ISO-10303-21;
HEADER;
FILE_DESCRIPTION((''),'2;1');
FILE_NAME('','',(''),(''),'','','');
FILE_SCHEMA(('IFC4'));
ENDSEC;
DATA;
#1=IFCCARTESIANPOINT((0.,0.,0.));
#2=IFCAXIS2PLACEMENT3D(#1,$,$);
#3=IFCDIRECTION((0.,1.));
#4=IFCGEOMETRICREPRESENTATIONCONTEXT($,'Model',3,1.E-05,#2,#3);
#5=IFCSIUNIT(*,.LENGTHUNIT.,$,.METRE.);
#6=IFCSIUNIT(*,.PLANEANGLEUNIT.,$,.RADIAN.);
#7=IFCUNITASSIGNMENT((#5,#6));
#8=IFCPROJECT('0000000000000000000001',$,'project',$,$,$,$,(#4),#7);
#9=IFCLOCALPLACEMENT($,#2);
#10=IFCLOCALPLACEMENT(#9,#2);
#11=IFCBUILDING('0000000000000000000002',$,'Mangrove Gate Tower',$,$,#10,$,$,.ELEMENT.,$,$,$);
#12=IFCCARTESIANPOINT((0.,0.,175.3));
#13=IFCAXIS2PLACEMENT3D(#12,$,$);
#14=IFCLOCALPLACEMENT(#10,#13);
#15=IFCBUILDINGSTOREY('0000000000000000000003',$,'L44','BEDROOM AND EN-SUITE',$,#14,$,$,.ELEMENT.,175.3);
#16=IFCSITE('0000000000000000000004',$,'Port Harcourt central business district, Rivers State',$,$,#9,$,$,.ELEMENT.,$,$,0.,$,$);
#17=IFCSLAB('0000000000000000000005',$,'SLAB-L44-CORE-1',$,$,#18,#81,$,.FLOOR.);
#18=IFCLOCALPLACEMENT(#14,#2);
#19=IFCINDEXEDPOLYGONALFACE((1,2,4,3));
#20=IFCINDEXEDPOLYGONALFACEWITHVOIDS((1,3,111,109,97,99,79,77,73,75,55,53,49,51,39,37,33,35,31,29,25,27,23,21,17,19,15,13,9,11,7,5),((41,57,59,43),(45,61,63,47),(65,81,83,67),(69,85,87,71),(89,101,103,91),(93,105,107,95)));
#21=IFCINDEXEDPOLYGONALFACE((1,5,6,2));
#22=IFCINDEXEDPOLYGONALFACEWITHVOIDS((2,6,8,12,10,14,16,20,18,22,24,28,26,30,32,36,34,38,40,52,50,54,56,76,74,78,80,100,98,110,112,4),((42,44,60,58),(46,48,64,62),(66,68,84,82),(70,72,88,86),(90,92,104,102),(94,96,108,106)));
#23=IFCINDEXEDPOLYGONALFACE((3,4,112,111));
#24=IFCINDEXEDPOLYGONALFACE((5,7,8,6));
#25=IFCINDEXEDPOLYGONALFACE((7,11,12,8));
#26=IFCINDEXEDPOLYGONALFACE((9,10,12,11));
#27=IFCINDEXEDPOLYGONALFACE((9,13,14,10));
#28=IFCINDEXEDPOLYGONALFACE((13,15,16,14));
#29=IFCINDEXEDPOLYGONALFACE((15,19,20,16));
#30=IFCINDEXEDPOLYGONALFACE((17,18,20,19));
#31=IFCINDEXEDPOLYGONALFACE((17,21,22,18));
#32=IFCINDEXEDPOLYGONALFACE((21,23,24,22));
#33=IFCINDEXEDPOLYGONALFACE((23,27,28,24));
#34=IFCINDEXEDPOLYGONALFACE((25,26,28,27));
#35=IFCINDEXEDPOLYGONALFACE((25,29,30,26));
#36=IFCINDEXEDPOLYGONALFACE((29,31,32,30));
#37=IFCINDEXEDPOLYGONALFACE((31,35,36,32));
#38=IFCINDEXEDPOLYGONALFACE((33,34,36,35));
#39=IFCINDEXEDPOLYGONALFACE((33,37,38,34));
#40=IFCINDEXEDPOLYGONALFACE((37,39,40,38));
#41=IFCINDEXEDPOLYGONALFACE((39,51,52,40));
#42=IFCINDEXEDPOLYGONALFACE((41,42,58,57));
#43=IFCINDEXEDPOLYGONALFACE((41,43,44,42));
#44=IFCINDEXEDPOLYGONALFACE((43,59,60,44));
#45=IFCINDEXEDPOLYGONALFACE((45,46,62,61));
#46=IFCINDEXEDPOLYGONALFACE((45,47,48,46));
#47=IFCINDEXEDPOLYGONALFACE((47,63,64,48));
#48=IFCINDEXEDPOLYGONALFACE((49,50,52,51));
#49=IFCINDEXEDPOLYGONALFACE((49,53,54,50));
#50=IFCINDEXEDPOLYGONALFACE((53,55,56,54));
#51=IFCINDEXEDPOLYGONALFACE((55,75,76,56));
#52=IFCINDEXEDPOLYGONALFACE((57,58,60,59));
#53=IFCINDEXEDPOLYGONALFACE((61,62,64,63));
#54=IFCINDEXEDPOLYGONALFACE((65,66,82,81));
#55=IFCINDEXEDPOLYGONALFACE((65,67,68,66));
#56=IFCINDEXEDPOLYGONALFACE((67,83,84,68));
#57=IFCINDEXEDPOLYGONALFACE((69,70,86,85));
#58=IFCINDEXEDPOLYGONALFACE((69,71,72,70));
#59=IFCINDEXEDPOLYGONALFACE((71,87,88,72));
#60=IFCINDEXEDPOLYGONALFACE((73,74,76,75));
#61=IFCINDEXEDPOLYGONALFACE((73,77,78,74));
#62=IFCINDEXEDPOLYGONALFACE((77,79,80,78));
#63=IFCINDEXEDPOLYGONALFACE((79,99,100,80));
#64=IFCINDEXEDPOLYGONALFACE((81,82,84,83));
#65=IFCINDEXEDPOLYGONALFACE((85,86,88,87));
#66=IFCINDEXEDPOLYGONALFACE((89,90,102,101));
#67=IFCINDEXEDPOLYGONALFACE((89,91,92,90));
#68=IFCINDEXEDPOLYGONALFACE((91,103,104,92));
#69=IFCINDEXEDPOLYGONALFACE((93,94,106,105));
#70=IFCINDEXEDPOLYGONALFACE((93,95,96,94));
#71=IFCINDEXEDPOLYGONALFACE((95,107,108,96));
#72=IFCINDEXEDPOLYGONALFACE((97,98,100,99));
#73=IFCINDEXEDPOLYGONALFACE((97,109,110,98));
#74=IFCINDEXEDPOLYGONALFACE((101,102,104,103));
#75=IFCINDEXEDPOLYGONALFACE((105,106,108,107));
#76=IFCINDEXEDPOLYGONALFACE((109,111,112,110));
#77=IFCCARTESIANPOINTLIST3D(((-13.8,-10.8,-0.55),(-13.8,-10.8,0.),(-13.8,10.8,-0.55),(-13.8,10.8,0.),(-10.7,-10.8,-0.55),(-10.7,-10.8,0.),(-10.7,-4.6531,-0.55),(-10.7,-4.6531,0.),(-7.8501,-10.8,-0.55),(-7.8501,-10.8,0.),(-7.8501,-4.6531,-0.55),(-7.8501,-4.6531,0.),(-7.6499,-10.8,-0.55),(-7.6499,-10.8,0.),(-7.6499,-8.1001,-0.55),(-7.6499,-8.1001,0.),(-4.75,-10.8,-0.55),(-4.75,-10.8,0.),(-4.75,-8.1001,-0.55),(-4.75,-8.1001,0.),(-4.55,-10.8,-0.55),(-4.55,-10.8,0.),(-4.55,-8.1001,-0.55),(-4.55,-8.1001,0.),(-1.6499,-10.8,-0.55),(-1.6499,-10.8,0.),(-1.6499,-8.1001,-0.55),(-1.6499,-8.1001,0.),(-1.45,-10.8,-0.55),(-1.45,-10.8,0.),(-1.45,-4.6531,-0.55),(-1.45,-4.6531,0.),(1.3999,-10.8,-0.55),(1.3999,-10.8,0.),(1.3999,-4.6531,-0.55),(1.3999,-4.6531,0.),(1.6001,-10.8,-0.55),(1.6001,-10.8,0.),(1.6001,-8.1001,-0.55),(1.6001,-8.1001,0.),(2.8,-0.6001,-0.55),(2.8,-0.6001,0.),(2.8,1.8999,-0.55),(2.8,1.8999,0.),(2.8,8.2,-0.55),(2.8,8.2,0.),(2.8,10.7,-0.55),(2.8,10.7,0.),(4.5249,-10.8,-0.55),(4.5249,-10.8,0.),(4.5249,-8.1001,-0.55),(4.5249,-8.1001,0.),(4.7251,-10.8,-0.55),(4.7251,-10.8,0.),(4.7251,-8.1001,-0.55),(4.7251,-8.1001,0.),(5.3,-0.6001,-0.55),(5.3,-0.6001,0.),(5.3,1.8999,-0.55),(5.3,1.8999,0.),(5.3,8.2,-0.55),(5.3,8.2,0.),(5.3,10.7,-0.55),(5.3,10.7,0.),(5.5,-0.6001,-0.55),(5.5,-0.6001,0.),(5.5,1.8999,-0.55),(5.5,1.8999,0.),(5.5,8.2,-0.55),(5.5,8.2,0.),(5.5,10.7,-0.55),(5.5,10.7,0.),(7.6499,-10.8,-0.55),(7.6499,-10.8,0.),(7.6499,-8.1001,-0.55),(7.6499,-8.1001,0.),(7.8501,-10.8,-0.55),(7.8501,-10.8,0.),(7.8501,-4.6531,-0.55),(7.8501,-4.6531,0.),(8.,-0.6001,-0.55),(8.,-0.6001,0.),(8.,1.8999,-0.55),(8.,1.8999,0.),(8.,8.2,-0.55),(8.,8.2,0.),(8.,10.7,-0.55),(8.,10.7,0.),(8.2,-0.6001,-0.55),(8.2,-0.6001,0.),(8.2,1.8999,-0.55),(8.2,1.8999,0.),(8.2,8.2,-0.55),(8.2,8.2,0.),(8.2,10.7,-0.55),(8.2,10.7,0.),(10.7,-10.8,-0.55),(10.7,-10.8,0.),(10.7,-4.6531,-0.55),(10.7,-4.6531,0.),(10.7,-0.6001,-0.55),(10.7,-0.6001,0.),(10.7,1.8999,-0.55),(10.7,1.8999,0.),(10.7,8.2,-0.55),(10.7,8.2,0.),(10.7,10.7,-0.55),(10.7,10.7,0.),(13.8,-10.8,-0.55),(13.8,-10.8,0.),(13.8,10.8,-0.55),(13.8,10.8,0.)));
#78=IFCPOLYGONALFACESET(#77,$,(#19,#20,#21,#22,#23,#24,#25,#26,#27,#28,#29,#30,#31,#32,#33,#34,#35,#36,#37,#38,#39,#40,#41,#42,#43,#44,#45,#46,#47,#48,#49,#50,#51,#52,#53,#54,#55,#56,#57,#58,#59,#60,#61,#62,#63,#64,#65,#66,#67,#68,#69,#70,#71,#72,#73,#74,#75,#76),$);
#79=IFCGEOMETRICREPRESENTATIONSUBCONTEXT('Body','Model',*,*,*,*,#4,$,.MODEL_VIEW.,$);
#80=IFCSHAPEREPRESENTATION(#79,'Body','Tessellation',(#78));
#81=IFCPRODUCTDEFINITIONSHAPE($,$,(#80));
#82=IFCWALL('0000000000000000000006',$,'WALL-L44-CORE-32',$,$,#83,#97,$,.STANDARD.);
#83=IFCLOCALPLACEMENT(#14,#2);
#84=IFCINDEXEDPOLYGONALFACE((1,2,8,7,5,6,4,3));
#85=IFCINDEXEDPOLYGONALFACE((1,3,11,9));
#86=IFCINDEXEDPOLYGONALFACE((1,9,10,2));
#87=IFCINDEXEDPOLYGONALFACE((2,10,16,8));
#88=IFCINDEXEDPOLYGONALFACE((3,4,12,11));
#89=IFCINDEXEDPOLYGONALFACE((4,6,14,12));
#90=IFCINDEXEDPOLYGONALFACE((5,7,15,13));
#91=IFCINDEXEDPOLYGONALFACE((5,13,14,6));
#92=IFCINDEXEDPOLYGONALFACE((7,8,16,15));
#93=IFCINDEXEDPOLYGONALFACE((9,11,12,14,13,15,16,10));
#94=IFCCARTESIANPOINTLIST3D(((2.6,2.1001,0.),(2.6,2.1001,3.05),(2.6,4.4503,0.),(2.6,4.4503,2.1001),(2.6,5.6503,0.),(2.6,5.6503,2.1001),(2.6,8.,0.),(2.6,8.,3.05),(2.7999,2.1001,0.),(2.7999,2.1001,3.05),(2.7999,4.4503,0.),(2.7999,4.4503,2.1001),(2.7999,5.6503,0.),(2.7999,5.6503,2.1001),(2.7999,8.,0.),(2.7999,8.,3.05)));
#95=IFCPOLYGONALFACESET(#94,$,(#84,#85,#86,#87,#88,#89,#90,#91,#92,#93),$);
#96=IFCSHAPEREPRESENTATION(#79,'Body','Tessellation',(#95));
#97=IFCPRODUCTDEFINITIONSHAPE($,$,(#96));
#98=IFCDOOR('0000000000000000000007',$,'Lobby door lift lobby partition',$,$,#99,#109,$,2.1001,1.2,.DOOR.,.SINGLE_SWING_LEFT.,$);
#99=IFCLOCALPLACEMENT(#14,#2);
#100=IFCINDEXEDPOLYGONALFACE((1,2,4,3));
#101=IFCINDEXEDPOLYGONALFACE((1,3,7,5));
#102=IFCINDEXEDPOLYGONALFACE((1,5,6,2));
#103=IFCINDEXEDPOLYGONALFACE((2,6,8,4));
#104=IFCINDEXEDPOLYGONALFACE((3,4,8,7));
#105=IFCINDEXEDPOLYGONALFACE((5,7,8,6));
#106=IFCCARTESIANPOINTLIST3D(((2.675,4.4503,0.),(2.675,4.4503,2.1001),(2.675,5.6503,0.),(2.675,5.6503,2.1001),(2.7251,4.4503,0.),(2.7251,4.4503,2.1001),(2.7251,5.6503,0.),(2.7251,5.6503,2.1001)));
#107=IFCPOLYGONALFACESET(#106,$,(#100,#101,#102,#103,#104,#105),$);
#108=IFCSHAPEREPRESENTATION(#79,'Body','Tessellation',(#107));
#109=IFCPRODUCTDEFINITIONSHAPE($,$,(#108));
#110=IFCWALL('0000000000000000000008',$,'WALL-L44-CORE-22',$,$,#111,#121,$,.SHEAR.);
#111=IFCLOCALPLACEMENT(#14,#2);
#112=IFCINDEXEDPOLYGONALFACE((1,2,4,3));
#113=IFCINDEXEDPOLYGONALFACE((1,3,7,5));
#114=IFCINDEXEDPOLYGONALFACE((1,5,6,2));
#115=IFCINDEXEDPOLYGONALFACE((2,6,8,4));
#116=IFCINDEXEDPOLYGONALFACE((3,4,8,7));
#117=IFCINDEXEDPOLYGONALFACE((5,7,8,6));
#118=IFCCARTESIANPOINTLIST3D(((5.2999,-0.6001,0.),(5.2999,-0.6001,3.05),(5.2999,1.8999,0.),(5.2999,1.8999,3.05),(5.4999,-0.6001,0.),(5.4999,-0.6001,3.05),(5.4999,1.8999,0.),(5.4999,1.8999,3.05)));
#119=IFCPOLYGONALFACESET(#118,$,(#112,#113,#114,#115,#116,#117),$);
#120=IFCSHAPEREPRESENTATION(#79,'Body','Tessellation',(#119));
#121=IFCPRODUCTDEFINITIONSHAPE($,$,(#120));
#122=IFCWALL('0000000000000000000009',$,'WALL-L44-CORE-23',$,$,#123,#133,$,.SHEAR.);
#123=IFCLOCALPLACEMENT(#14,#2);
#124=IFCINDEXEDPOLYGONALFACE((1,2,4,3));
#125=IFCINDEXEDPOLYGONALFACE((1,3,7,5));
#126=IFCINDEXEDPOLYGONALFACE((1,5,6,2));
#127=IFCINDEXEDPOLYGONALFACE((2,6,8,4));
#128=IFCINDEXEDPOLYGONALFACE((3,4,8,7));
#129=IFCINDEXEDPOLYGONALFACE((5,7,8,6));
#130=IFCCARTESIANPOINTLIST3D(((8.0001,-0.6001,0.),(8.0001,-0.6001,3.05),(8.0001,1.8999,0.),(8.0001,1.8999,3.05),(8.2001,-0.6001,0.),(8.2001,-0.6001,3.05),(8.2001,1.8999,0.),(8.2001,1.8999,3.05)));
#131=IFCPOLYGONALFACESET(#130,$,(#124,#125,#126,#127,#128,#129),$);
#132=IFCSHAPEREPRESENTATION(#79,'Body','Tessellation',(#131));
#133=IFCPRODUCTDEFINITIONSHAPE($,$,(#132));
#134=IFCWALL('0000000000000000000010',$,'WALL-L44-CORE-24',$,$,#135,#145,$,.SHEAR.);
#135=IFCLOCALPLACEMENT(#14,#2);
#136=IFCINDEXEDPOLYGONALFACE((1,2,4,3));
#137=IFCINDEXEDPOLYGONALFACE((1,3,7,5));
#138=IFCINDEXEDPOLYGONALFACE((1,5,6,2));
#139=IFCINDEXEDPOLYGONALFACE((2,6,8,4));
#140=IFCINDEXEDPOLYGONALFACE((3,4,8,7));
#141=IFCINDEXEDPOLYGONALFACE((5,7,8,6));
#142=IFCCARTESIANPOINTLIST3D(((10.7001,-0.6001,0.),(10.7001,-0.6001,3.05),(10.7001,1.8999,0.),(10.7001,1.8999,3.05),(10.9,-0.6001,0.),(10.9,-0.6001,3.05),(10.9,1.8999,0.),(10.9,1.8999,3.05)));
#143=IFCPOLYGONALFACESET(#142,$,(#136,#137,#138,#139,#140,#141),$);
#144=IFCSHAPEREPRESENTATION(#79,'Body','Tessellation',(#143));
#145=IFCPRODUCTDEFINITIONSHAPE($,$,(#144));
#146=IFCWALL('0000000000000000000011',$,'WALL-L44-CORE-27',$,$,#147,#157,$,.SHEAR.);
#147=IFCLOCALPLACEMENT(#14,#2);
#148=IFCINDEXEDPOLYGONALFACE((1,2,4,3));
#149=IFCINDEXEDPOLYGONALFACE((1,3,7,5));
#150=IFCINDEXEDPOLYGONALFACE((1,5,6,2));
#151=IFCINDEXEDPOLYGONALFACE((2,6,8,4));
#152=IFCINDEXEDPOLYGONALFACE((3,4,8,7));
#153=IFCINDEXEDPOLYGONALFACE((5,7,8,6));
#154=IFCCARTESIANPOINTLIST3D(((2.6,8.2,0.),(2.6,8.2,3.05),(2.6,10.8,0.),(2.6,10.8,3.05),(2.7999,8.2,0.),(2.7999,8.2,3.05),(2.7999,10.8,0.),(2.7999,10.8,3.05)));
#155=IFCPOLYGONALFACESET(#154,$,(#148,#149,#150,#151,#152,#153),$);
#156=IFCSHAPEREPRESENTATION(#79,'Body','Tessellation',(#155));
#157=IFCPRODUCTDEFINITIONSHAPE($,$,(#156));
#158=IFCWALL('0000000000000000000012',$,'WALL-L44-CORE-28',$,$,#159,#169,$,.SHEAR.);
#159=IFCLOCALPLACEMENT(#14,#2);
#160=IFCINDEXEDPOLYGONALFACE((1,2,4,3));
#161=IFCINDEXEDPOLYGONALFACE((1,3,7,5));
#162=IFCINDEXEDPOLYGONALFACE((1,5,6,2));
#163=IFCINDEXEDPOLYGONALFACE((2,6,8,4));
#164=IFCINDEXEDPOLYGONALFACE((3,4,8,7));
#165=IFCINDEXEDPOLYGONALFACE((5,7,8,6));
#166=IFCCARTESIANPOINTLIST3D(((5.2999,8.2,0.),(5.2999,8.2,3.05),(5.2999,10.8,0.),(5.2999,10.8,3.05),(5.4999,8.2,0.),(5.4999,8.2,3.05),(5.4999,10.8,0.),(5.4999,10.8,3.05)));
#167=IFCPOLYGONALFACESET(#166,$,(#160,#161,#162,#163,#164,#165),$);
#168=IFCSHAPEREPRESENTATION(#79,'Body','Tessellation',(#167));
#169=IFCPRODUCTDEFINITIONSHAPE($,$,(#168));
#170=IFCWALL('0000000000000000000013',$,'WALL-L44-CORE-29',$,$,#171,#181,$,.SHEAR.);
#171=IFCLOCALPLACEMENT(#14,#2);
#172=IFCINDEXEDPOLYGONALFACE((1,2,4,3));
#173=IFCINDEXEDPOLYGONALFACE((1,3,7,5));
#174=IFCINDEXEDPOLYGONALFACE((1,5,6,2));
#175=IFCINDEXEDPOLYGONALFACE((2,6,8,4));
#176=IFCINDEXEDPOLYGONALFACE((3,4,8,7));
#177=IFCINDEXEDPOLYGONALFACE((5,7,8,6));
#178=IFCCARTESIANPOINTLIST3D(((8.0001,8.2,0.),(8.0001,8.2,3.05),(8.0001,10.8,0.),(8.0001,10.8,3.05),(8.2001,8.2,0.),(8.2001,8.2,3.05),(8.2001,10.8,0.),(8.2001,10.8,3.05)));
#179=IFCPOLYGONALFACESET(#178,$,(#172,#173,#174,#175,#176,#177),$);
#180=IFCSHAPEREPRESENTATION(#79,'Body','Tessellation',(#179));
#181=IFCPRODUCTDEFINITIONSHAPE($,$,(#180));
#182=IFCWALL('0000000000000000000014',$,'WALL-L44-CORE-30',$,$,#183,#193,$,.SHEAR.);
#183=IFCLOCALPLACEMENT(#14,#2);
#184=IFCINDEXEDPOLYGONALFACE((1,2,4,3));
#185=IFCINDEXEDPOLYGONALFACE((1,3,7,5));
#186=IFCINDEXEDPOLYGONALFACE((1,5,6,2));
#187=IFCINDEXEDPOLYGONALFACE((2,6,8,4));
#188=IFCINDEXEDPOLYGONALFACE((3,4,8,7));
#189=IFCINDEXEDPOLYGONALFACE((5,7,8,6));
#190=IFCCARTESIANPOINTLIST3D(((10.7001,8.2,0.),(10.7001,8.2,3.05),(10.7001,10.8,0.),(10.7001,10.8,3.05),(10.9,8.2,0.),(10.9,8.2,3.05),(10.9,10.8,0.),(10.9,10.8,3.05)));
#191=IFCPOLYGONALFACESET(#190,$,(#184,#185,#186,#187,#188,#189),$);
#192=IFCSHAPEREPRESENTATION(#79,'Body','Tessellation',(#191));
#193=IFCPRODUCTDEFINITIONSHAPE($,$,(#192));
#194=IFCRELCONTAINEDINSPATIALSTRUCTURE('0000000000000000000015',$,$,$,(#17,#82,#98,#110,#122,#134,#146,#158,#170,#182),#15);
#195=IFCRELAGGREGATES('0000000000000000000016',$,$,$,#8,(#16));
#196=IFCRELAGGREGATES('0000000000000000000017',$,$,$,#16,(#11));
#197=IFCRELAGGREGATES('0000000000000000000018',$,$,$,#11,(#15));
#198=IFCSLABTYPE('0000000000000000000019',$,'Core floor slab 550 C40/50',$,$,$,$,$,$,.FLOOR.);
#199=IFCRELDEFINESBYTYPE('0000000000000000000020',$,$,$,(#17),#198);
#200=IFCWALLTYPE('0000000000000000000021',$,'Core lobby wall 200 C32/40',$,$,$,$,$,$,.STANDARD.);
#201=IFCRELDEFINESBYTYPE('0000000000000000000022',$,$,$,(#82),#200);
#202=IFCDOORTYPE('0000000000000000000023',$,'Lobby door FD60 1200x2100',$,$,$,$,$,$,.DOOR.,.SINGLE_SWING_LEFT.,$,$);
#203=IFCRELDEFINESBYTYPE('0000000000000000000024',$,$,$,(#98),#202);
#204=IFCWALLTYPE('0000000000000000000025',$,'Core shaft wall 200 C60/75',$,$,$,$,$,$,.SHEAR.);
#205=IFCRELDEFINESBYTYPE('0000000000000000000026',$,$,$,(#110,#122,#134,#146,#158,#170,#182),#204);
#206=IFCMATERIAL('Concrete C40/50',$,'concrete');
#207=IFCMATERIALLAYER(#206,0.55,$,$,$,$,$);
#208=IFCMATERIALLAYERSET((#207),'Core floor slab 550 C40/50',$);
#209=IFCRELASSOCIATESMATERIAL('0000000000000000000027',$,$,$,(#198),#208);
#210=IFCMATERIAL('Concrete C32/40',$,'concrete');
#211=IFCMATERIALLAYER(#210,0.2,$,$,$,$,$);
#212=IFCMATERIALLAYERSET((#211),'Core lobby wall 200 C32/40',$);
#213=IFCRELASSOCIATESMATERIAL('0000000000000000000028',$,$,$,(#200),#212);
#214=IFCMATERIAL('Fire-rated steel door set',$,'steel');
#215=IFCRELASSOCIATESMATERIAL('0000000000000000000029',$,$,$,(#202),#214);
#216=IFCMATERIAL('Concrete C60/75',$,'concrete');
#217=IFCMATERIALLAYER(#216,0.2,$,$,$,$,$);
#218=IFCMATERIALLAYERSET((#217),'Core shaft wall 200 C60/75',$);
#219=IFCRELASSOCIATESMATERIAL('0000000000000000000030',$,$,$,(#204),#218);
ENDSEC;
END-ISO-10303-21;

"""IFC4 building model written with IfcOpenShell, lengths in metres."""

from ifc_helpers import new_model, si_unit, direction, frame, frame_2d, origin, place, context, subcontext, project, spatial, polyline, rectangle, outline, extrude, material, layer, layer_set, type_object, element, fill, save


model = new_model("IFC4")

# Units and contexts
model_context = context("Model", 3, precision=1e-05, world=origin(), true_north=direction((0.0, 1.0)))
body_context = subcontext(model_context, "Body", "Model", "MODEL_VIEW")
ifc_project = project(units=[si_unit("LENGTHUNIT", "METRE"), si_unit("PLANEANGLEUNIT", "RADIAN")], contexts=[model_context])

# Site, building, storey
site_placement = place(None, origin())
site = spatial("IfcSite", under=ifc_project, at=site_placement, Name="Port Harcourt central business district, Rivers State", CompositionType="ELEMENT", RefElevation=0.0)
building_placement = place(site_placement, origin())
building = spatial("IfcBuilding", under=site, at=building_placement, Name="Mangrove Gate Tower", CompositionType="ELEMENT")
storey_placement = place(building_placement, frame((0.0, 0.0, 175.3)))
storey = spatial("IfcBuildingStorey", under=building, at=storey_placement, Name="L44", Description="BEDROOM AND EN-SUITE", CompositionType="ELEMENT", Elevation=175.3)

# Slab
ifc_material_1 = material(Name="Concrete C40/50", Category="concrete")
ifc_layer_1 = layer(ifc_material_1, 0.55)
ifc_layer_set_1 = layer_set([ifc_layer_1], Name="Core floor slab 550 C40/50")
slab_type = type_object("IfcSlabType", Name="Core floor slab 550 C40/50", PredefinedType="FLOOR", material=ifc_layer_set_1)
slab_placement = place(storey_placement, frame((0.0, 0.0, -0.55)))
element("IfcSlab", 1, at=slab_placement, inside=storey, type_object=slab_type, Name="SLAB-L44-CORE-1", PredefinedType="FLOOR", context=body_context, shape_type="SweptSolid", body=[
    extrude(outline(polyline([(-13.8, -10.8), (-13.8, 10.8), (13.8, 10.8), (13.8, -10.8), (10.7, -10.8), (10.7, -4.6531), (7.8501, -4.6531), (7.8501, -10.8), (7.6499, -10.8), (7.6499, -8.1001), (4.7251, -8.1001), (4.7251, -10.8), (4.5249, -10.8), (4.5249, -8.1001), (1.6001, -8.1001), (1.6001, -10.8), (1.3999, -10.8), (1.3999, -4.6531), (-1.45, -4.6531), (-1.45, -10.8), (-1.6499, -10.8), (-1.6499, -8.1001), (-4.55, -8.1001), (-4.55, -10.8), (-4.75, -10.8), (-4.75, -8.1001), (-7.6499, -8.1001), (-7.6499, -10.8), (-7.8501, -10.8), (-7.8501, -4.6531), (-10.7, -4.6531), (-10.7, -10.8), (-13.8, -10.8)]), holes=[polyline([(5.3, -0.6001), (5.3, 1.8999), (2.8, 1.8999), (2.8, -0.6001), (5.3, -0.6001)]), polyline([(5.3, 10.7), (2.8, 10.7), (2.8, 8.2), (5.3, 8.2), (5.3, 10.7)]), polyline([(8.0, -0.6001), (8.0, 1.8999), (5.5, 1.8999), (5.5, -0.6001), (8.0, -0.6001)]), polyline([(10.7, -0.6001), (10.7, 1.8999), (8.2, 1.8999), (8.2, -0.6001), (10.7, -0.6001)]), polyline([(8.0, 8.2), (8.0, 10.7), (5.5, 10.7), (5.5, 8.2), (8.0, 8.2)]), polyline([(10.7, 8.2), (10.7, 10.7), (8.2, 10.7), (8.2, 8.2), (10.7, 8.2)])]), origin(), (0.0, 0.0, 1.0), 0.55),
])

# Wall, opening, door
ifc_material_2 = material(Name="Concrete C32/40", Category="concrete")
ifc_layer_2 = layer(ifc_material_2, 0.2)
ifc_layer_set_2 = layer_set([ifc_layer_2], Name="Core lobby wall 200 C32/40")
wall_type_1 = type_object("IfcWallType", Name="Core lobby wall 200 C32/40", PredefinedType="STANDARD", material=ifc_layer_set_2)
wall_1_placement = place(storey_placement, frame((2.7, 2.1001, 0.0), z_axis=(0.0, 0.0, 1.0), x_axis=(0.0, 1.0, 0.0)))
wall_1 = element("IfcWall", 2, at=wall_1_placement, inside=storey, type_object=wall_type_1, Name="WALL-L44-CORE-32", PredefinedType="STANDARD", context=body_context, shape_type="SweptSolid", body=[
    extrude(rectangle(XDim=5.8999, YDim=0.2, at=frame_2d((2.95, 0.0))), origin(), (0.0, 0.0, 1.0), 3.05),
])
opening_1_placement = place(wall_1_placement, frame((2.3501, 0.0, 0.0)))
opening_1 = element("IfcOpeningElement", 3, at=opening_1_placement, cuts=wall_1, PredefinedType="OPENING", context=body_context, shape_type="SweptSolid", body=[
    extrude(rectangle(XDim=1.2, YDim=2.1001, at=frame_2d((0.6001, 1.05))), frame((0.0, 0.1099, 0.0), z_axis=(0.0, -1.0, 0.0), x_axis=(1.0, 0.0, 0.0)), (0.0, 0.0, 1.0), 0.22),
])
ifc_material_3 = material(Name="Fire-rated steel door set", Category="steel")
door_type_1 = type_object("IfcDoorType", Name="Lobby door FD60 1200x2100", OperationType="SINGLE_SWING_LEFT", PredefinedType="DOOR", material=ifc_material_3)
door_1_placement = place(opening_1_placement, origin())
door_1 = element("IfcDoor", 4, at=door_1_placement, inside=storey, type_object=door_type_1, Name="Lobby door lift lobby partition", OperationType="SINGLE_SWING_LEFT", OverallHeight=2.1001, OverallWidth=1.2, PredefinedType="DOOR", context=body_context, shape_type="SweptSolid", body=[
    extrude(rectangle(XDim=1.2, YDim=2.1001, at=frame_2d((0.6001, 1.05))), frame((0.0, 0.0249, 0.0), z_axis=(0.0, -1.0, 0.0), x_axis=(1.0, 0.0, 0.0)), (0.0, 0.0, 1.0), 0.05),
])
fill(opening_1, door_1)

# Walls
ifc_material_4 = material(Name="Concrete C60/75", Category="concrete")
ifc_layer_3 = layer(ifc_material_4, 0.2)
ifc_layer_set_3 = layer_set([ifc_layer_3], Name="Core shaft wall 200 C60/75")
wall_type_2 = type_object("IfcWallType", Name="Core shaft wall 200 C60/75", PredefinedType="SHEAR", material=ifc_layer_set_3)
for number, where, z_axis, x_axis, name in (
    (5, (5.3999, -0.6001, 0.0), (0.0, 0.0, 1.0), (0.0, 1.0, 0.0), "WALL-L44-CORE-22"),
    (6, (8.1001, -0.6001, 0.0), (0.0, 0.0, 1.0), (0.0, 1.0, 0.0), "WALL-L44-CORE-23"),
    (7, (10.8, -0.6001, 0.0), (0.0, 0.0, 1.0), (0.0, 1.0, 0.0), "WALL-L44-CORE-24"),
):
    element("IfcWall", number, at=place(storey_placement, frame(where, z_axis=z_axis, x_axis=x_axis)), inside=storey, type_object=wall_type_2, Name=name, PredefinedType="SHEAR", context=body_context, shape_type="SweptSolid", body=[
        extrude(rectangle(XDim=2.5, YDim=0.2, at=frame_2d((1.25, 0.0))), origin(), (0.0, 0.0, 1.0), 3.05),
    ])
for number, where, z_axis, x_axis, name in (
    (8, (2.7, 8.2, 0.0), (0.0, 0.0, 1.0), (0.0, 1.0, 0.0), "WALL-L44-CORE-27"),
    (9, (5.3999, 8.2, 0.0), (0.0, 0.0, 1.0), (0.0, 1.0, 0.0), "WALL-L44-CORE-28"),
    (10, (8.1001, 8.2, 0.0), (0.0, 0.0, 1.0), (0.0, 1.0, 0.0), "WALL-L44-CORE-29"),
    (11, (10.8, 8.2, 0.0), (0.0, 0.0, 1.0), (0.0, 1.0, 0.0), "WALL-L44-CORE-30"),
):
    element("IfcWall", number, at=place(storey_placement, frame(where, z_axis=z_axis, x_axis=x_axis)), inside=storey, type_object=wall_type_2, Name=name, PredefinedType="SHEAR", context=body_context, shape_type="SweptSolid", body=[
        extrude(rectangle(XDim=2.6001, YDim=0.2, at=frame_2d((1.3, 0.0))), origin(), (0.0, 0.0, 1.0), 3.05),
    ])

save(model, "model.ifc")
